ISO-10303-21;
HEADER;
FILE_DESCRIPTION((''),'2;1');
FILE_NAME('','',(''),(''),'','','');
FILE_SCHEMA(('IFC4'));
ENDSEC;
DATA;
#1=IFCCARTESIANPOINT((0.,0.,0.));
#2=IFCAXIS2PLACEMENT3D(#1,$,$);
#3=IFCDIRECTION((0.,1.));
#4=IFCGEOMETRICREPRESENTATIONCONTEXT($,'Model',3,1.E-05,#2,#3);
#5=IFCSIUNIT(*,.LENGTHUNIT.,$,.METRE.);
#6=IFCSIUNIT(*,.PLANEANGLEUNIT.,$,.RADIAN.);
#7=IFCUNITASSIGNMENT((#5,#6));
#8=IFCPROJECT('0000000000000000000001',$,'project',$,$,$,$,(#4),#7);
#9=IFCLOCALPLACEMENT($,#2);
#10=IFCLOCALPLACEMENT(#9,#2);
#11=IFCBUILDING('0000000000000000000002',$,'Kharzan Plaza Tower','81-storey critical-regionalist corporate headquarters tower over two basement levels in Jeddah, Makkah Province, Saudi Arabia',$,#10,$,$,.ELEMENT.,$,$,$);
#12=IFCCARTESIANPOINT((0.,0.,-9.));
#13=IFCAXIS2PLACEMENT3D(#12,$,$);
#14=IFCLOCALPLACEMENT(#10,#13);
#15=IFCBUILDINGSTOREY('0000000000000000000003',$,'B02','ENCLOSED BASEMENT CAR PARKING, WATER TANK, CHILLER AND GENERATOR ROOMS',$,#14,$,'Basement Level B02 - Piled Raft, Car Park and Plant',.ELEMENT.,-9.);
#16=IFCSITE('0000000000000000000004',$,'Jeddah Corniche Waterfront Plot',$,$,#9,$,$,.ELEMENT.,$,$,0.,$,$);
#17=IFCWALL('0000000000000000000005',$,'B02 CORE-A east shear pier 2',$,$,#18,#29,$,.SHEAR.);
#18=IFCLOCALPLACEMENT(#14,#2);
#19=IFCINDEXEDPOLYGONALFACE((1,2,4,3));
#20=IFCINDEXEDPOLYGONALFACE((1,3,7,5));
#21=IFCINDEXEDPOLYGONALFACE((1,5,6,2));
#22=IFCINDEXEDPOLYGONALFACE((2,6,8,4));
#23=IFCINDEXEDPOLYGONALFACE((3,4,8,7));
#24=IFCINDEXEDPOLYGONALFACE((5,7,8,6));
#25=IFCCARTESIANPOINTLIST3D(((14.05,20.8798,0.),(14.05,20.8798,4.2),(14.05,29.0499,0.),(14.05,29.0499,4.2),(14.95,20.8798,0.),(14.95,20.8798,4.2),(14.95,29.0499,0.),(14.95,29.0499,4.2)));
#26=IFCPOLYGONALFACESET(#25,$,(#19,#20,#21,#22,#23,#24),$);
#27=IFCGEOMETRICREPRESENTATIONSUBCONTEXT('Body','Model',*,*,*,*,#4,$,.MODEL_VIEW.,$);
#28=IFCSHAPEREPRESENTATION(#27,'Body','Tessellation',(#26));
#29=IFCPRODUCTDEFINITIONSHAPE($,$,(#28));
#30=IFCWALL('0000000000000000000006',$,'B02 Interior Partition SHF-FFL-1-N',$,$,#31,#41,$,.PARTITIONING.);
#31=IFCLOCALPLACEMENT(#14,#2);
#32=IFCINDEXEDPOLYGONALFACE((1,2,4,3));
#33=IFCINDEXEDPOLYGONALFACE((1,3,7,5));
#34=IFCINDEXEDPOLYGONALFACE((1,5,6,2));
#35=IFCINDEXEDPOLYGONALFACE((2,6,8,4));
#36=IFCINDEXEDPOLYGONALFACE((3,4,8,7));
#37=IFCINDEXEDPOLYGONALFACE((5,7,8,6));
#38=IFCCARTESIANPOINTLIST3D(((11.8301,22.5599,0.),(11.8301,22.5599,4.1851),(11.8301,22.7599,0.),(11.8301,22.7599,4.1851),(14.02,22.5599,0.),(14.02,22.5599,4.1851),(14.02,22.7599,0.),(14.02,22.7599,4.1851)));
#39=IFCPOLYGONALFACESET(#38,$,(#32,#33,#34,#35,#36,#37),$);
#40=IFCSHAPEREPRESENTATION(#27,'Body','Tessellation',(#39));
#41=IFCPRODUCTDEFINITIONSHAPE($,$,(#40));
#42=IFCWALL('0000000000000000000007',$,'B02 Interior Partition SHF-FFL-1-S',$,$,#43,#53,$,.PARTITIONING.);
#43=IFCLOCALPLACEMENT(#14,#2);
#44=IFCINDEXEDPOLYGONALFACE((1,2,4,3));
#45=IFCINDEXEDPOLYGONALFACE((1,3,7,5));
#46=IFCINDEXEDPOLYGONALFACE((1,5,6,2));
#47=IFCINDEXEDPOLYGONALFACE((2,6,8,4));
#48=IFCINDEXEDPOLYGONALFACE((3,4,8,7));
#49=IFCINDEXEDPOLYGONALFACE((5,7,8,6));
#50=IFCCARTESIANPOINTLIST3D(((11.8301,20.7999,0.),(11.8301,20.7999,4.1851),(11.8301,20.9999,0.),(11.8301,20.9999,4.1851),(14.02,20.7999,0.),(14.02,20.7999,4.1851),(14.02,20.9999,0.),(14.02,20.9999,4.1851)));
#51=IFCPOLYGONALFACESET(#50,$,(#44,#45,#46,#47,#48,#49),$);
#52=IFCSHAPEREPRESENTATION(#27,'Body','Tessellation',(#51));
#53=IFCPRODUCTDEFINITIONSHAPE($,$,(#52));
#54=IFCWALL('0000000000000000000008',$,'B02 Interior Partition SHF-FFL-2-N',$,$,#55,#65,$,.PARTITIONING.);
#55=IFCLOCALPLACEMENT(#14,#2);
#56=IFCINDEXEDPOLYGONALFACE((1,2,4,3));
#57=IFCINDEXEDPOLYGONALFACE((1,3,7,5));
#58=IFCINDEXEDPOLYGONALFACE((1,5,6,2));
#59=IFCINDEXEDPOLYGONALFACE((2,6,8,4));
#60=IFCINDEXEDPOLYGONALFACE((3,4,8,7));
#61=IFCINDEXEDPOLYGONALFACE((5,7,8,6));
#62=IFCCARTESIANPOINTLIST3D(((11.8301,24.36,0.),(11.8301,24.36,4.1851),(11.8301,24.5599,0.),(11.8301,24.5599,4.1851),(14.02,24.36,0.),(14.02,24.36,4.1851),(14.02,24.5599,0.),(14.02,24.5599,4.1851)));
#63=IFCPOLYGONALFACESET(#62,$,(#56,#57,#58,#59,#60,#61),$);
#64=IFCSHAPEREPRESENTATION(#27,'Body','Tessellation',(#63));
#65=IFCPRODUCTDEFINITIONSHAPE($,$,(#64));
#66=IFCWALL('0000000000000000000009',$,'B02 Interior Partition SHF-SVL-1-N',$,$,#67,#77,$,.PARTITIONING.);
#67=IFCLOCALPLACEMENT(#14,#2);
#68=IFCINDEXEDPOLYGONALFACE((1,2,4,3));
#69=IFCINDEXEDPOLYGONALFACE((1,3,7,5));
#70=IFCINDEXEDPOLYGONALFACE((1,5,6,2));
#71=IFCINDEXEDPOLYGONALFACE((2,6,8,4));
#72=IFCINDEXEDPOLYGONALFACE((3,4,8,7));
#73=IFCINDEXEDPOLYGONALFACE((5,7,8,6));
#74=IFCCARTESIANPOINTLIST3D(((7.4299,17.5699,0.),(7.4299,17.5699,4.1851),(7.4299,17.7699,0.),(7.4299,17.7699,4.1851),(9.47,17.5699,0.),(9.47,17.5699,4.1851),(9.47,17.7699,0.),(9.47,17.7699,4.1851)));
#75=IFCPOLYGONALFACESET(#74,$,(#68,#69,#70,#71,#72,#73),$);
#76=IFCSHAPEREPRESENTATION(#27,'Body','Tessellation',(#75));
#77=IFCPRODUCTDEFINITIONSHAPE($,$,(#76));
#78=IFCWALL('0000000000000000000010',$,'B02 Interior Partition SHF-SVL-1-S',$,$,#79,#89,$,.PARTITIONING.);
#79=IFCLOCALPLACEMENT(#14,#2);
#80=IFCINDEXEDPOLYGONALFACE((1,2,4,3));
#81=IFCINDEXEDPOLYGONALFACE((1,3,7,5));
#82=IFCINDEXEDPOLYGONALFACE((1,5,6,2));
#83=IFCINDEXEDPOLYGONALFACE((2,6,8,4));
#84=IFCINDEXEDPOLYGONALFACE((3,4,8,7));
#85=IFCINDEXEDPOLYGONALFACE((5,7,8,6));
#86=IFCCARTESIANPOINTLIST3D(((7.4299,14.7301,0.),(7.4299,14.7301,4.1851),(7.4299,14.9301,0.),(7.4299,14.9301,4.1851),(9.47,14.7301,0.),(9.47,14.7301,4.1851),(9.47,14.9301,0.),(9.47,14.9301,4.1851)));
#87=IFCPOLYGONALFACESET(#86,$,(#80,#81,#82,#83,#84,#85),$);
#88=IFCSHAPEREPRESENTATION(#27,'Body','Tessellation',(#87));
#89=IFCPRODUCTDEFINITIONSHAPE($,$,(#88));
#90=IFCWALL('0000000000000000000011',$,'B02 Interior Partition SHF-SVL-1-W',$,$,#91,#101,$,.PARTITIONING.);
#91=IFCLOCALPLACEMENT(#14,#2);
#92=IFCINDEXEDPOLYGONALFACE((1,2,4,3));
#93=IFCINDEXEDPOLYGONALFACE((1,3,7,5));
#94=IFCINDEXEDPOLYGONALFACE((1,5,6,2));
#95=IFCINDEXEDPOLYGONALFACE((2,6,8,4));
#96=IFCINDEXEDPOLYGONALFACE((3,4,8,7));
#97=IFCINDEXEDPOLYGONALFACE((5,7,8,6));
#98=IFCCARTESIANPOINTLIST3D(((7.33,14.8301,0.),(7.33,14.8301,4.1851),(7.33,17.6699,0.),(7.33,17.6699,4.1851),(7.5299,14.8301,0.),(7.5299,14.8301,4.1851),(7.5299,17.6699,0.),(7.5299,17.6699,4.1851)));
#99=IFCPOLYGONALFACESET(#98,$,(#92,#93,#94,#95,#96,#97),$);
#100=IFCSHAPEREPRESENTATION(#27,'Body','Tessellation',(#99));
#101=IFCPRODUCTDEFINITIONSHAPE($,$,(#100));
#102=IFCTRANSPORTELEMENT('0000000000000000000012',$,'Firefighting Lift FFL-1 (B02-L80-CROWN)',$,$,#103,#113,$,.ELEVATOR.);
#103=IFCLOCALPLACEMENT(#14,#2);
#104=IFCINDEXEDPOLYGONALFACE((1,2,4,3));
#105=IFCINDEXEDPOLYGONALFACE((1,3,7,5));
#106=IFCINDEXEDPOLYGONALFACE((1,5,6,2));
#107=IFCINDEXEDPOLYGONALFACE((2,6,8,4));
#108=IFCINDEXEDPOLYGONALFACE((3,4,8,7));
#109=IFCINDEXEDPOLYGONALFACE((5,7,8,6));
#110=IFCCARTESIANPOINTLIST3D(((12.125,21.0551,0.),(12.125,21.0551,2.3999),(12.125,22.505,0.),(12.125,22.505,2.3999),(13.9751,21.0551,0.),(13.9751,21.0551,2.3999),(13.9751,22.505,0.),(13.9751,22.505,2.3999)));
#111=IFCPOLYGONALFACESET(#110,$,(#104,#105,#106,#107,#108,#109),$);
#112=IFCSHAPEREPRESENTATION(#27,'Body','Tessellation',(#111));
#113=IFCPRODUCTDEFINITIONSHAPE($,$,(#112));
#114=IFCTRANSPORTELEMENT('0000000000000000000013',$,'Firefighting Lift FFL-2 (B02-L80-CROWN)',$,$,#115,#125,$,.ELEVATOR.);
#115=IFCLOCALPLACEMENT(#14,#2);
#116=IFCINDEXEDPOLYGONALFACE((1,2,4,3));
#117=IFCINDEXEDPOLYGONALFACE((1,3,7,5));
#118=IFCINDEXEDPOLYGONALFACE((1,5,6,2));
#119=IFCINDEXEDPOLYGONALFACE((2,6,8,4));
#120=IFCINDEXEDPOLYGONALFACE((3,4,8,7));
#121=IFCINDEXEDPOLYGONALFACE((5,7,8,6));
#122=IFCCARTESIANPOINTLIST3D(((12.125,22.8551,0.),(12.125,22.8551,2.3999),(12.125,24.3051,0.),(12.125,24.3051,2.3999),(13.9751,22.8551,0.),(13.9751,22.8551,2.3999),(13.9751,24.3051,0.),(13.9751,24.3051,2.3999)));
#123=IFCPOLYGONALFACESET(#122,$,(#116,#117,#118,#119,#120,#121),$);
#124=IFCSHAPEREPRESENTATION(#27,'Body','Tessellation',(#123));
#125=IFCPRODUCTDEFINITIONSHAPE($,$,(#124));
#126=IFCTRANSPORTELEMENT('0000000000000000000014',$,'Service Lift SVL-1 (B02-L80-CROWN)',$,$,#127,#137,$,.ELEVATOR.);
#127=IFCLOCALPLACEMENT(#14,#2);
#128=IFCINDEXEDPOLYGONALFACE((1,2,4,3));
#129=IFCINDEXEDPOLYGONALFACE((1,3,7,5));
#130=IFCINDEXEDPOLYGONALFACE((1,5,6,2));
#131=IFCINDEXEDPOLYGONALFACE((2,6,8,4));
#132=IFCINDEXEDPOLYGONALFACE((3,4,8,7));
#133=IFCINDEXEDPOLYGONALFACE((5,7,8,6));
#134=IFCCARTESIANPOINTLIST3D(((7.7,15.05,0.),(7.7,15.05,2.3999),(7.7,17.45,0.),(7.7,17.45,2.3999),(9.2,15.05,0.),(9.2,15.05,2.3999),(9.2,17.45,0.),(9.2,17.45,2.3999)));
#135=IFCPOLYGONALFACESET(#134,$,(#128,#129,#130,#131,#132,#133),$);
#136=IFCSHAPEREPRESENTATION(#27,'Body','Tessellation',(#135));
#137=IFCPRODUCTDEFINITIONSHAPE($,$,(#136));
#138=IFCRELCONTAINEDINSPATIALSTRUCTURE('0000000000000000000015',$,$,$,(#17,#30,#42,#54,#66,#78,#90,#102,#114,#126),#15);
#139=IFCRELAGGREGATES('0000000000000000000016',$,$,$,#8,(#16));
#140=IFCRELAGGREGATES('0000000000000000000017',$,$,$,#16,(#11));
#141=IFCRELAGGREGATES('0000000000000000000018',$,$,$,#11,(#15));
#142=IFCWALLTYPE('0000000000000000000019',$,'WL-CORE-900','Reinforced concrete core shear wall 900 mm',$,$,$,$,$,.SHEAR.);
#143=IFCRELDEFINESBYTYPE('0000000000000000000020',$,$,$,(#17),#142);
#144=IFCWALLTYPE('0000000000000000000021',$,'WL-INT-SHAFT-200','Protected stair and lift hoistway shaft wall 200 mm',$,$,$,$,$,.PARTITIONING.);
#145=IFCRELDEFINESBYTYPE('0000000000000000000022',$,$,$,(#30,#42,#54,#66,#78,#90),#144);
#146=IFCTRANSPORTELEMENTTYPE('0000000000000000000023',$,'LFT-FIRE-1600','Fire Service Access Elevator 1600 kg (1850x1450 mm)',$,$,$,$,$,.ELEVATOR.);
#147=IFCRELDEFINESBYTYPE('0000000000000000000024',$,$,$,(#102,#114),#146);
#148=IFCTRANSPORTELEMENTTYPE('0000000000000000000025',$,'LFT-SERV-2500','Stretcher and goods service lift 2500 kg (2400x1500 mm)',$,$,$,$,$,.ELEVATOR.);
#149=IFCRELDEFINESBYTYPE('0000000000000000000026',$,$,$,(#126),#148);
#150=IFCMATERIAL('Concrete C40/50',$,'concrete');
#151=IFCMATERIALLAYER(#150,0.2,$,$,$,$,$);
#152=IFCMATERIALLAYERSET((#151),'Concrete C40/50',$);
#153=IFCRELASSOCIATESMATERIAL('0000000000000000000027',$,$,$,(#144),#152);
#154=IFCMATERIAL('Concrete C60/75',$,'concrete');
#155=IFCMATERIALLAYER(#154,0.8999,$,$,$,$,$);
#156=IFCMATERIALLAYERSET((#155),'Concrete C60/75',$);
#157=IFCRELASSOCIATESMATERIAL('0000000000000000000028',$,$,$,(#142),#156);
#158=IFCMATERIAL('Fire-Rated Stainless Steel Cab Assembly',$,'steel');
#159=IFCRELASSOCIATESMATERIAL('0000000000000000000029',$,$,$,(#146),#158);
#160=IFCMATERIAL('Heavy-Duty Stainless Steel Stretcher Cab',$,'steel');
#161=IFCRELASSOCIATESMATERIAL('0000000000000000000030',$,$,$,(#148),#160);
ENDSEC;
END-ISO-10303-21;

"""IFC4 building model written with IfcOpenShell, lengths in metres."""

from ifc_helpers import new_model, si_unit, direction, frame, frame_2d, origin, origin_2d, place, context, subcontext, project, spatial, rectangle, extrude, source, transform, mapped, material, layer, layer_set, type_object, element, save


model = new_model("IFC4")

# Units and contexts
model_context = context("Model", 3, precision=1e-05, world=origin(), true_north=direction((0.0, 1.0)))
body_context = subcontext(model_context, "Body", "Model", "MODEL_VIEW")
ifc_project = project(units=[si_unit("LENGTHUNIT", "METRE"), si_unit("PLANEANGLEUNIT", "RADIAN")], contexts=[model_context])

# Site, building, storey
site_placement = place(None, origin())
site = spatial("IfcSite", under=ifc_project, at=site_placement, Name="Jeddah Corniche Waterfront Plot", CompositionType="ELEMENT", RefElevation=0.0)
building_placement = place(site_placement, origin())
building = spatial("IfcBuilding", under=site, at=building_placement, Name="Kharzan Plaza Tower", Description="81-storey critical-regionalist corporate headquarters tower over two basement levels in Jeddah, Makkah Province, Saudi Arabia", CompositionType="ELEMENT")
storey_placement = place(building_placement, frame((0.0, 0.0, -9.0)))
storey = spatial("IfcBuildingStorey", under=building, at=storey_placement, Name="B02", Description="ENCLOSED BASEMENT CAR PARKING, WATER TANK, CHILLER AND GENERATOR ROOMS", LongName="Basement Level B02 - Piled Raft, Car Park and Plant", CompositionType="ELEMENT", Elevation=-9.0)

# Shared definitions
ifc_material_1 = material(Name="Concrete C60/75", Category="concrete")

# Shared definitions
ifc_material_2 = material(Name="Concrete C40/50", Category="concrete")
ifc_layer_1 = layer(ifc_material_2, 0.2)
ifc_layer_set_1 = layer_set([ifc_layer_1], Name="Concrete C40/50")
wall_type_1 = type_object("IfcWallType", Name="WL-INT-SHAFT-200", Description="Protected stair and lift hoistway shaft wall 200 mm", PredefinedType="PARTITIONING", material=ifc_layer_set_1)

# Walls
ifc_layer_2 = layer(ifc_material_1, 0.8999)
ifc_layer_set_2 = layer_set([ifc_layer_2], Name="Concrete C60/75")
wall_type_2 = type_object("IfcWallType", Name="WL-CORE-900", Description="Reinforced concrete core shear wall 900 mm", PredefinedType="SHEAR", material=ifc_layer_set_2)
shared_shape_1 = source(origin(), body_context, "Body", "SweptSolid", [
    extrude(rectangle(XDim=8.1702, YDim=0.8999, at=frame_2d((4.085, 0.0))), origin(), (0.0, 0.0, 1.0), 4.2),
])
wall_1_placement = place(storey_placement, frame((14.5, 20.8799, 0.0), z_axis=(0.0, 0.0, 1.0), x_axis=(0.0, 1.0, 0.0)))
element("IfcWall", 1, at=wall_1_placement, inside=storey, type_object=wall_type_2, Name="B02 CORE-A east shear pier 2", PredefinedType="SHEAR", context=body_context, shape_type="MappedRepresentation", body=[
    mapped(shared_shape_1, transform((0.0, 0.0, 0.0), x_axis=(1.0, 0.0, 0.0), y_axis=(0.0, 1.0, 0.0), z_axis=(0.0, 0.0, 1.0))),
])
shared_shape_2 = source(origin(), body_context, "Body", "SweptSolid", [
    extrude(rectangle(XDim=2.1899, YDim=0.2, at=frame_2d((1.095, 0.0))), origin(), (0.0, 0.0, 1.0), 4.1851),
])
for number, where, z_axis, x_axis, name in (
    (2, (11.8301, 22.6599, 0.0), (0.0, 0.0, 1.0), (1.0, 0.0, 0.0), "B02 Interior Partition SHF-FFL-1-N"),
    (3, (11.8301, 20.8999, 0.0), (0.0, 0.0, 1.0), (1.0, 0.0, 0.0), "B02 Interior Partition SHF-FFL-1-S"),
    (4, (11.8301, 24.46, 0.0), (0.0, 0.0, 1.0), (1.0, 0.0, 0.0), "B02 Interior Partition SHF-FFL-2-N"),
):
    element("IfcWall", number, at=place(storey_placement, frame(where, z_axis=z_axis, x_axis=x_axis)), inside=storey, type_object=wall_type_1, Name=name, PredefinedType="PARTITIONING", context=body_context, shape_type="MappedRepresentation", body=[
        mapped(shared_shape_2, transform((0.0, 0.0, 0.0), x_axis=(1.0, 0.0, 0.0), y_axis=(0.0, 1.0, 0.0), z_axis=(0.0, 0.0, 1.0))),
    ])
shared_shape_3 = source(origin(), body_context, "Body", "SweptSolid", [
    extrude(rectangle(XDim=2.04, YDim=0.2, at=frame_2d((1.02, 0.0))), origin(), (0.0, 0.0, 1.0), 4.1851),
])
for number, where, z_axis, x_axis, name in (
    (5, (7.4299, 17.6699, 0.0), (0.0, 0.0, 1.0), (1.0, 0.0, 0.0), "B02 Interior Partition SHF-SVL-1-N"),
    (6, (7.4299, 14.8301, 0.0), (0.0, 0.0, 1.0), (1.0, 0.0, 0.0), "B02 Interior Partition SHF-SVL-1-S"),
):
    element("IfcWall", number, at=place(storey_placement, frame(where, z_axis=z_axis, x_axis=x_axis)), inside=storey, type_object=wall_type_1, Name=name, PredefinedType="PARTITIONING", context=body_context, shape_type="MappedRepresentation", body=[
        mapped(shared_shape_3, transform((0.0, 0.0, 0.0), x_axis=(1.0, 0.0, 0.0), y_axis=(0.0, 1.0, 0.0), z_axis=(0.0, 0.0, 1.0))),
    ])
shared_shape_4 = source(origin(), body_context, "Body", "SweptSolid", [
    extrude(rectangle(XDim=2.8398, YDim=0.2, at=frame_2d((1.4199, 0.0))), origin(), (0.0, 0.0, 1.0), 4.1851),
])
wall_2_placement = place(storey_placement, frame((7.4299, 14.8301, 0.0), z_axis=(0.0, 0.0, 1.0), x_axis=(0.0, 1.0, 0.0)))
element("IfcWall", 7, at=wall_2_placement, inside=storey, type_object=wall_type_1, Name="B02 Interior Partition SHF-SVL-1-W", PredefinedType="PARTITIONING", context=body_context, shape_type="MappedRepresentation", body=[
    mapped(shared_shape_4, transform((0.0, 0.0, 0.0), x_axis=(1.0, 0.0, 0.0), y_axis=(0.0, 1.0, 0.0), z_axis=(0.0, 0.0, 1.0))),
])

# Transport elements
ifc_material_3 = material(Name="Fire-Rated Stainless Steel Cab Assembly", Category="steel")
transport_element_type_1 = type_object("IfcTransportElementType", Name="LFT-FIRE-1600", Description="Fire Service Access Elevator 1600 kg (1850x1450 mm)", PredefinedType="ELEVATOR", material=ifc_material_3)
shared_shape_5 = source(origin(), body_context, "Body", "SweptSolid", [
    extrude(rectangle(XDim=1.8501, YDim=1.45, at=origin_2d()), origin(), (0.0, 0.0, 1.0), 2.3999),
])
for number, where, z_axis, x_axis, name in (
    (8, (13.05, 21.78, 0.0), (0.0, 0.0, 1.0), (1.0, 0.0, 0.0), "Firefighting Lift FFL-1 (B02-L80-CROWN)"),
    (9, (13.05, 23.5801, 0.0), (0.0, 0.0, 1.0), (1.0, 0.0, 0.0), "Firefighting Lift FFL-2 (B02-L80-CROWN)"),
):
    element("IfcTransportElement", number, at=place(storey_placement, frame(where, z_axis=z_axis, x_axis=x_axis)), inside=storey, type_object=transport_element_type_1, Name=name, PredefinedType="ELEVATOR", context=body_context, shape_type="MappedRepresentation", body=[
        mapped(shared_shape_5, transform((0.0, 0.0, 0.0), x_axis=(1.0, 0.0, 0.0), y_axis=(0.0, 1.0, 0.0), z_axis=(0.0, 0.0, 1.0))),
    ])
ifc_material_4 = material(Name="Heavy-Duty Stainless Steel Stretcher Cab", Category="steel")
transport_element_type_2 = type_object("IfcTransportElementType", Name="LFT-SERV-2500", Description="Stretcher and goods service lift 2500 kg (2400x1500 mm)", PredefinedType="ELEVATOR", material=ifc_material_4)
shared_shape_6 = source(origin(), body_context, "Body", "SweptSolid", [
    extrude(rectangle(XDim=1.5, YDim=2.3999, at=origin_2d()), origin(), (0.0, 0.0, 1.0), 2.3999),
])
transport_element_placement = place(storey_placement, frame((8.45, 16.25, 0.0), z_axis=(0.0, 0.0, 1.0), x_axis=(1.0, 0.0, 0.0)))
element("IfcTransportElement", 10, at=transport_element_placement, inside=storey, type_object=transport_element_type_2, Name="Service Lift SVL-1 (B02-L80-CROWN)", PredefinedType="ELEVATOR", context=body_context, shape_type="MappedRepresentation", body=[
    mapped(shared_shape_6, transform((0.0, 0.0, 0.0), x_axis=(1.0, 0.0, 0.0), y_axis=(0.0, 1.0, 0.0), z_axis=(0.0, 0.0, 1.0))),
])

save(model, "model.ifc")
